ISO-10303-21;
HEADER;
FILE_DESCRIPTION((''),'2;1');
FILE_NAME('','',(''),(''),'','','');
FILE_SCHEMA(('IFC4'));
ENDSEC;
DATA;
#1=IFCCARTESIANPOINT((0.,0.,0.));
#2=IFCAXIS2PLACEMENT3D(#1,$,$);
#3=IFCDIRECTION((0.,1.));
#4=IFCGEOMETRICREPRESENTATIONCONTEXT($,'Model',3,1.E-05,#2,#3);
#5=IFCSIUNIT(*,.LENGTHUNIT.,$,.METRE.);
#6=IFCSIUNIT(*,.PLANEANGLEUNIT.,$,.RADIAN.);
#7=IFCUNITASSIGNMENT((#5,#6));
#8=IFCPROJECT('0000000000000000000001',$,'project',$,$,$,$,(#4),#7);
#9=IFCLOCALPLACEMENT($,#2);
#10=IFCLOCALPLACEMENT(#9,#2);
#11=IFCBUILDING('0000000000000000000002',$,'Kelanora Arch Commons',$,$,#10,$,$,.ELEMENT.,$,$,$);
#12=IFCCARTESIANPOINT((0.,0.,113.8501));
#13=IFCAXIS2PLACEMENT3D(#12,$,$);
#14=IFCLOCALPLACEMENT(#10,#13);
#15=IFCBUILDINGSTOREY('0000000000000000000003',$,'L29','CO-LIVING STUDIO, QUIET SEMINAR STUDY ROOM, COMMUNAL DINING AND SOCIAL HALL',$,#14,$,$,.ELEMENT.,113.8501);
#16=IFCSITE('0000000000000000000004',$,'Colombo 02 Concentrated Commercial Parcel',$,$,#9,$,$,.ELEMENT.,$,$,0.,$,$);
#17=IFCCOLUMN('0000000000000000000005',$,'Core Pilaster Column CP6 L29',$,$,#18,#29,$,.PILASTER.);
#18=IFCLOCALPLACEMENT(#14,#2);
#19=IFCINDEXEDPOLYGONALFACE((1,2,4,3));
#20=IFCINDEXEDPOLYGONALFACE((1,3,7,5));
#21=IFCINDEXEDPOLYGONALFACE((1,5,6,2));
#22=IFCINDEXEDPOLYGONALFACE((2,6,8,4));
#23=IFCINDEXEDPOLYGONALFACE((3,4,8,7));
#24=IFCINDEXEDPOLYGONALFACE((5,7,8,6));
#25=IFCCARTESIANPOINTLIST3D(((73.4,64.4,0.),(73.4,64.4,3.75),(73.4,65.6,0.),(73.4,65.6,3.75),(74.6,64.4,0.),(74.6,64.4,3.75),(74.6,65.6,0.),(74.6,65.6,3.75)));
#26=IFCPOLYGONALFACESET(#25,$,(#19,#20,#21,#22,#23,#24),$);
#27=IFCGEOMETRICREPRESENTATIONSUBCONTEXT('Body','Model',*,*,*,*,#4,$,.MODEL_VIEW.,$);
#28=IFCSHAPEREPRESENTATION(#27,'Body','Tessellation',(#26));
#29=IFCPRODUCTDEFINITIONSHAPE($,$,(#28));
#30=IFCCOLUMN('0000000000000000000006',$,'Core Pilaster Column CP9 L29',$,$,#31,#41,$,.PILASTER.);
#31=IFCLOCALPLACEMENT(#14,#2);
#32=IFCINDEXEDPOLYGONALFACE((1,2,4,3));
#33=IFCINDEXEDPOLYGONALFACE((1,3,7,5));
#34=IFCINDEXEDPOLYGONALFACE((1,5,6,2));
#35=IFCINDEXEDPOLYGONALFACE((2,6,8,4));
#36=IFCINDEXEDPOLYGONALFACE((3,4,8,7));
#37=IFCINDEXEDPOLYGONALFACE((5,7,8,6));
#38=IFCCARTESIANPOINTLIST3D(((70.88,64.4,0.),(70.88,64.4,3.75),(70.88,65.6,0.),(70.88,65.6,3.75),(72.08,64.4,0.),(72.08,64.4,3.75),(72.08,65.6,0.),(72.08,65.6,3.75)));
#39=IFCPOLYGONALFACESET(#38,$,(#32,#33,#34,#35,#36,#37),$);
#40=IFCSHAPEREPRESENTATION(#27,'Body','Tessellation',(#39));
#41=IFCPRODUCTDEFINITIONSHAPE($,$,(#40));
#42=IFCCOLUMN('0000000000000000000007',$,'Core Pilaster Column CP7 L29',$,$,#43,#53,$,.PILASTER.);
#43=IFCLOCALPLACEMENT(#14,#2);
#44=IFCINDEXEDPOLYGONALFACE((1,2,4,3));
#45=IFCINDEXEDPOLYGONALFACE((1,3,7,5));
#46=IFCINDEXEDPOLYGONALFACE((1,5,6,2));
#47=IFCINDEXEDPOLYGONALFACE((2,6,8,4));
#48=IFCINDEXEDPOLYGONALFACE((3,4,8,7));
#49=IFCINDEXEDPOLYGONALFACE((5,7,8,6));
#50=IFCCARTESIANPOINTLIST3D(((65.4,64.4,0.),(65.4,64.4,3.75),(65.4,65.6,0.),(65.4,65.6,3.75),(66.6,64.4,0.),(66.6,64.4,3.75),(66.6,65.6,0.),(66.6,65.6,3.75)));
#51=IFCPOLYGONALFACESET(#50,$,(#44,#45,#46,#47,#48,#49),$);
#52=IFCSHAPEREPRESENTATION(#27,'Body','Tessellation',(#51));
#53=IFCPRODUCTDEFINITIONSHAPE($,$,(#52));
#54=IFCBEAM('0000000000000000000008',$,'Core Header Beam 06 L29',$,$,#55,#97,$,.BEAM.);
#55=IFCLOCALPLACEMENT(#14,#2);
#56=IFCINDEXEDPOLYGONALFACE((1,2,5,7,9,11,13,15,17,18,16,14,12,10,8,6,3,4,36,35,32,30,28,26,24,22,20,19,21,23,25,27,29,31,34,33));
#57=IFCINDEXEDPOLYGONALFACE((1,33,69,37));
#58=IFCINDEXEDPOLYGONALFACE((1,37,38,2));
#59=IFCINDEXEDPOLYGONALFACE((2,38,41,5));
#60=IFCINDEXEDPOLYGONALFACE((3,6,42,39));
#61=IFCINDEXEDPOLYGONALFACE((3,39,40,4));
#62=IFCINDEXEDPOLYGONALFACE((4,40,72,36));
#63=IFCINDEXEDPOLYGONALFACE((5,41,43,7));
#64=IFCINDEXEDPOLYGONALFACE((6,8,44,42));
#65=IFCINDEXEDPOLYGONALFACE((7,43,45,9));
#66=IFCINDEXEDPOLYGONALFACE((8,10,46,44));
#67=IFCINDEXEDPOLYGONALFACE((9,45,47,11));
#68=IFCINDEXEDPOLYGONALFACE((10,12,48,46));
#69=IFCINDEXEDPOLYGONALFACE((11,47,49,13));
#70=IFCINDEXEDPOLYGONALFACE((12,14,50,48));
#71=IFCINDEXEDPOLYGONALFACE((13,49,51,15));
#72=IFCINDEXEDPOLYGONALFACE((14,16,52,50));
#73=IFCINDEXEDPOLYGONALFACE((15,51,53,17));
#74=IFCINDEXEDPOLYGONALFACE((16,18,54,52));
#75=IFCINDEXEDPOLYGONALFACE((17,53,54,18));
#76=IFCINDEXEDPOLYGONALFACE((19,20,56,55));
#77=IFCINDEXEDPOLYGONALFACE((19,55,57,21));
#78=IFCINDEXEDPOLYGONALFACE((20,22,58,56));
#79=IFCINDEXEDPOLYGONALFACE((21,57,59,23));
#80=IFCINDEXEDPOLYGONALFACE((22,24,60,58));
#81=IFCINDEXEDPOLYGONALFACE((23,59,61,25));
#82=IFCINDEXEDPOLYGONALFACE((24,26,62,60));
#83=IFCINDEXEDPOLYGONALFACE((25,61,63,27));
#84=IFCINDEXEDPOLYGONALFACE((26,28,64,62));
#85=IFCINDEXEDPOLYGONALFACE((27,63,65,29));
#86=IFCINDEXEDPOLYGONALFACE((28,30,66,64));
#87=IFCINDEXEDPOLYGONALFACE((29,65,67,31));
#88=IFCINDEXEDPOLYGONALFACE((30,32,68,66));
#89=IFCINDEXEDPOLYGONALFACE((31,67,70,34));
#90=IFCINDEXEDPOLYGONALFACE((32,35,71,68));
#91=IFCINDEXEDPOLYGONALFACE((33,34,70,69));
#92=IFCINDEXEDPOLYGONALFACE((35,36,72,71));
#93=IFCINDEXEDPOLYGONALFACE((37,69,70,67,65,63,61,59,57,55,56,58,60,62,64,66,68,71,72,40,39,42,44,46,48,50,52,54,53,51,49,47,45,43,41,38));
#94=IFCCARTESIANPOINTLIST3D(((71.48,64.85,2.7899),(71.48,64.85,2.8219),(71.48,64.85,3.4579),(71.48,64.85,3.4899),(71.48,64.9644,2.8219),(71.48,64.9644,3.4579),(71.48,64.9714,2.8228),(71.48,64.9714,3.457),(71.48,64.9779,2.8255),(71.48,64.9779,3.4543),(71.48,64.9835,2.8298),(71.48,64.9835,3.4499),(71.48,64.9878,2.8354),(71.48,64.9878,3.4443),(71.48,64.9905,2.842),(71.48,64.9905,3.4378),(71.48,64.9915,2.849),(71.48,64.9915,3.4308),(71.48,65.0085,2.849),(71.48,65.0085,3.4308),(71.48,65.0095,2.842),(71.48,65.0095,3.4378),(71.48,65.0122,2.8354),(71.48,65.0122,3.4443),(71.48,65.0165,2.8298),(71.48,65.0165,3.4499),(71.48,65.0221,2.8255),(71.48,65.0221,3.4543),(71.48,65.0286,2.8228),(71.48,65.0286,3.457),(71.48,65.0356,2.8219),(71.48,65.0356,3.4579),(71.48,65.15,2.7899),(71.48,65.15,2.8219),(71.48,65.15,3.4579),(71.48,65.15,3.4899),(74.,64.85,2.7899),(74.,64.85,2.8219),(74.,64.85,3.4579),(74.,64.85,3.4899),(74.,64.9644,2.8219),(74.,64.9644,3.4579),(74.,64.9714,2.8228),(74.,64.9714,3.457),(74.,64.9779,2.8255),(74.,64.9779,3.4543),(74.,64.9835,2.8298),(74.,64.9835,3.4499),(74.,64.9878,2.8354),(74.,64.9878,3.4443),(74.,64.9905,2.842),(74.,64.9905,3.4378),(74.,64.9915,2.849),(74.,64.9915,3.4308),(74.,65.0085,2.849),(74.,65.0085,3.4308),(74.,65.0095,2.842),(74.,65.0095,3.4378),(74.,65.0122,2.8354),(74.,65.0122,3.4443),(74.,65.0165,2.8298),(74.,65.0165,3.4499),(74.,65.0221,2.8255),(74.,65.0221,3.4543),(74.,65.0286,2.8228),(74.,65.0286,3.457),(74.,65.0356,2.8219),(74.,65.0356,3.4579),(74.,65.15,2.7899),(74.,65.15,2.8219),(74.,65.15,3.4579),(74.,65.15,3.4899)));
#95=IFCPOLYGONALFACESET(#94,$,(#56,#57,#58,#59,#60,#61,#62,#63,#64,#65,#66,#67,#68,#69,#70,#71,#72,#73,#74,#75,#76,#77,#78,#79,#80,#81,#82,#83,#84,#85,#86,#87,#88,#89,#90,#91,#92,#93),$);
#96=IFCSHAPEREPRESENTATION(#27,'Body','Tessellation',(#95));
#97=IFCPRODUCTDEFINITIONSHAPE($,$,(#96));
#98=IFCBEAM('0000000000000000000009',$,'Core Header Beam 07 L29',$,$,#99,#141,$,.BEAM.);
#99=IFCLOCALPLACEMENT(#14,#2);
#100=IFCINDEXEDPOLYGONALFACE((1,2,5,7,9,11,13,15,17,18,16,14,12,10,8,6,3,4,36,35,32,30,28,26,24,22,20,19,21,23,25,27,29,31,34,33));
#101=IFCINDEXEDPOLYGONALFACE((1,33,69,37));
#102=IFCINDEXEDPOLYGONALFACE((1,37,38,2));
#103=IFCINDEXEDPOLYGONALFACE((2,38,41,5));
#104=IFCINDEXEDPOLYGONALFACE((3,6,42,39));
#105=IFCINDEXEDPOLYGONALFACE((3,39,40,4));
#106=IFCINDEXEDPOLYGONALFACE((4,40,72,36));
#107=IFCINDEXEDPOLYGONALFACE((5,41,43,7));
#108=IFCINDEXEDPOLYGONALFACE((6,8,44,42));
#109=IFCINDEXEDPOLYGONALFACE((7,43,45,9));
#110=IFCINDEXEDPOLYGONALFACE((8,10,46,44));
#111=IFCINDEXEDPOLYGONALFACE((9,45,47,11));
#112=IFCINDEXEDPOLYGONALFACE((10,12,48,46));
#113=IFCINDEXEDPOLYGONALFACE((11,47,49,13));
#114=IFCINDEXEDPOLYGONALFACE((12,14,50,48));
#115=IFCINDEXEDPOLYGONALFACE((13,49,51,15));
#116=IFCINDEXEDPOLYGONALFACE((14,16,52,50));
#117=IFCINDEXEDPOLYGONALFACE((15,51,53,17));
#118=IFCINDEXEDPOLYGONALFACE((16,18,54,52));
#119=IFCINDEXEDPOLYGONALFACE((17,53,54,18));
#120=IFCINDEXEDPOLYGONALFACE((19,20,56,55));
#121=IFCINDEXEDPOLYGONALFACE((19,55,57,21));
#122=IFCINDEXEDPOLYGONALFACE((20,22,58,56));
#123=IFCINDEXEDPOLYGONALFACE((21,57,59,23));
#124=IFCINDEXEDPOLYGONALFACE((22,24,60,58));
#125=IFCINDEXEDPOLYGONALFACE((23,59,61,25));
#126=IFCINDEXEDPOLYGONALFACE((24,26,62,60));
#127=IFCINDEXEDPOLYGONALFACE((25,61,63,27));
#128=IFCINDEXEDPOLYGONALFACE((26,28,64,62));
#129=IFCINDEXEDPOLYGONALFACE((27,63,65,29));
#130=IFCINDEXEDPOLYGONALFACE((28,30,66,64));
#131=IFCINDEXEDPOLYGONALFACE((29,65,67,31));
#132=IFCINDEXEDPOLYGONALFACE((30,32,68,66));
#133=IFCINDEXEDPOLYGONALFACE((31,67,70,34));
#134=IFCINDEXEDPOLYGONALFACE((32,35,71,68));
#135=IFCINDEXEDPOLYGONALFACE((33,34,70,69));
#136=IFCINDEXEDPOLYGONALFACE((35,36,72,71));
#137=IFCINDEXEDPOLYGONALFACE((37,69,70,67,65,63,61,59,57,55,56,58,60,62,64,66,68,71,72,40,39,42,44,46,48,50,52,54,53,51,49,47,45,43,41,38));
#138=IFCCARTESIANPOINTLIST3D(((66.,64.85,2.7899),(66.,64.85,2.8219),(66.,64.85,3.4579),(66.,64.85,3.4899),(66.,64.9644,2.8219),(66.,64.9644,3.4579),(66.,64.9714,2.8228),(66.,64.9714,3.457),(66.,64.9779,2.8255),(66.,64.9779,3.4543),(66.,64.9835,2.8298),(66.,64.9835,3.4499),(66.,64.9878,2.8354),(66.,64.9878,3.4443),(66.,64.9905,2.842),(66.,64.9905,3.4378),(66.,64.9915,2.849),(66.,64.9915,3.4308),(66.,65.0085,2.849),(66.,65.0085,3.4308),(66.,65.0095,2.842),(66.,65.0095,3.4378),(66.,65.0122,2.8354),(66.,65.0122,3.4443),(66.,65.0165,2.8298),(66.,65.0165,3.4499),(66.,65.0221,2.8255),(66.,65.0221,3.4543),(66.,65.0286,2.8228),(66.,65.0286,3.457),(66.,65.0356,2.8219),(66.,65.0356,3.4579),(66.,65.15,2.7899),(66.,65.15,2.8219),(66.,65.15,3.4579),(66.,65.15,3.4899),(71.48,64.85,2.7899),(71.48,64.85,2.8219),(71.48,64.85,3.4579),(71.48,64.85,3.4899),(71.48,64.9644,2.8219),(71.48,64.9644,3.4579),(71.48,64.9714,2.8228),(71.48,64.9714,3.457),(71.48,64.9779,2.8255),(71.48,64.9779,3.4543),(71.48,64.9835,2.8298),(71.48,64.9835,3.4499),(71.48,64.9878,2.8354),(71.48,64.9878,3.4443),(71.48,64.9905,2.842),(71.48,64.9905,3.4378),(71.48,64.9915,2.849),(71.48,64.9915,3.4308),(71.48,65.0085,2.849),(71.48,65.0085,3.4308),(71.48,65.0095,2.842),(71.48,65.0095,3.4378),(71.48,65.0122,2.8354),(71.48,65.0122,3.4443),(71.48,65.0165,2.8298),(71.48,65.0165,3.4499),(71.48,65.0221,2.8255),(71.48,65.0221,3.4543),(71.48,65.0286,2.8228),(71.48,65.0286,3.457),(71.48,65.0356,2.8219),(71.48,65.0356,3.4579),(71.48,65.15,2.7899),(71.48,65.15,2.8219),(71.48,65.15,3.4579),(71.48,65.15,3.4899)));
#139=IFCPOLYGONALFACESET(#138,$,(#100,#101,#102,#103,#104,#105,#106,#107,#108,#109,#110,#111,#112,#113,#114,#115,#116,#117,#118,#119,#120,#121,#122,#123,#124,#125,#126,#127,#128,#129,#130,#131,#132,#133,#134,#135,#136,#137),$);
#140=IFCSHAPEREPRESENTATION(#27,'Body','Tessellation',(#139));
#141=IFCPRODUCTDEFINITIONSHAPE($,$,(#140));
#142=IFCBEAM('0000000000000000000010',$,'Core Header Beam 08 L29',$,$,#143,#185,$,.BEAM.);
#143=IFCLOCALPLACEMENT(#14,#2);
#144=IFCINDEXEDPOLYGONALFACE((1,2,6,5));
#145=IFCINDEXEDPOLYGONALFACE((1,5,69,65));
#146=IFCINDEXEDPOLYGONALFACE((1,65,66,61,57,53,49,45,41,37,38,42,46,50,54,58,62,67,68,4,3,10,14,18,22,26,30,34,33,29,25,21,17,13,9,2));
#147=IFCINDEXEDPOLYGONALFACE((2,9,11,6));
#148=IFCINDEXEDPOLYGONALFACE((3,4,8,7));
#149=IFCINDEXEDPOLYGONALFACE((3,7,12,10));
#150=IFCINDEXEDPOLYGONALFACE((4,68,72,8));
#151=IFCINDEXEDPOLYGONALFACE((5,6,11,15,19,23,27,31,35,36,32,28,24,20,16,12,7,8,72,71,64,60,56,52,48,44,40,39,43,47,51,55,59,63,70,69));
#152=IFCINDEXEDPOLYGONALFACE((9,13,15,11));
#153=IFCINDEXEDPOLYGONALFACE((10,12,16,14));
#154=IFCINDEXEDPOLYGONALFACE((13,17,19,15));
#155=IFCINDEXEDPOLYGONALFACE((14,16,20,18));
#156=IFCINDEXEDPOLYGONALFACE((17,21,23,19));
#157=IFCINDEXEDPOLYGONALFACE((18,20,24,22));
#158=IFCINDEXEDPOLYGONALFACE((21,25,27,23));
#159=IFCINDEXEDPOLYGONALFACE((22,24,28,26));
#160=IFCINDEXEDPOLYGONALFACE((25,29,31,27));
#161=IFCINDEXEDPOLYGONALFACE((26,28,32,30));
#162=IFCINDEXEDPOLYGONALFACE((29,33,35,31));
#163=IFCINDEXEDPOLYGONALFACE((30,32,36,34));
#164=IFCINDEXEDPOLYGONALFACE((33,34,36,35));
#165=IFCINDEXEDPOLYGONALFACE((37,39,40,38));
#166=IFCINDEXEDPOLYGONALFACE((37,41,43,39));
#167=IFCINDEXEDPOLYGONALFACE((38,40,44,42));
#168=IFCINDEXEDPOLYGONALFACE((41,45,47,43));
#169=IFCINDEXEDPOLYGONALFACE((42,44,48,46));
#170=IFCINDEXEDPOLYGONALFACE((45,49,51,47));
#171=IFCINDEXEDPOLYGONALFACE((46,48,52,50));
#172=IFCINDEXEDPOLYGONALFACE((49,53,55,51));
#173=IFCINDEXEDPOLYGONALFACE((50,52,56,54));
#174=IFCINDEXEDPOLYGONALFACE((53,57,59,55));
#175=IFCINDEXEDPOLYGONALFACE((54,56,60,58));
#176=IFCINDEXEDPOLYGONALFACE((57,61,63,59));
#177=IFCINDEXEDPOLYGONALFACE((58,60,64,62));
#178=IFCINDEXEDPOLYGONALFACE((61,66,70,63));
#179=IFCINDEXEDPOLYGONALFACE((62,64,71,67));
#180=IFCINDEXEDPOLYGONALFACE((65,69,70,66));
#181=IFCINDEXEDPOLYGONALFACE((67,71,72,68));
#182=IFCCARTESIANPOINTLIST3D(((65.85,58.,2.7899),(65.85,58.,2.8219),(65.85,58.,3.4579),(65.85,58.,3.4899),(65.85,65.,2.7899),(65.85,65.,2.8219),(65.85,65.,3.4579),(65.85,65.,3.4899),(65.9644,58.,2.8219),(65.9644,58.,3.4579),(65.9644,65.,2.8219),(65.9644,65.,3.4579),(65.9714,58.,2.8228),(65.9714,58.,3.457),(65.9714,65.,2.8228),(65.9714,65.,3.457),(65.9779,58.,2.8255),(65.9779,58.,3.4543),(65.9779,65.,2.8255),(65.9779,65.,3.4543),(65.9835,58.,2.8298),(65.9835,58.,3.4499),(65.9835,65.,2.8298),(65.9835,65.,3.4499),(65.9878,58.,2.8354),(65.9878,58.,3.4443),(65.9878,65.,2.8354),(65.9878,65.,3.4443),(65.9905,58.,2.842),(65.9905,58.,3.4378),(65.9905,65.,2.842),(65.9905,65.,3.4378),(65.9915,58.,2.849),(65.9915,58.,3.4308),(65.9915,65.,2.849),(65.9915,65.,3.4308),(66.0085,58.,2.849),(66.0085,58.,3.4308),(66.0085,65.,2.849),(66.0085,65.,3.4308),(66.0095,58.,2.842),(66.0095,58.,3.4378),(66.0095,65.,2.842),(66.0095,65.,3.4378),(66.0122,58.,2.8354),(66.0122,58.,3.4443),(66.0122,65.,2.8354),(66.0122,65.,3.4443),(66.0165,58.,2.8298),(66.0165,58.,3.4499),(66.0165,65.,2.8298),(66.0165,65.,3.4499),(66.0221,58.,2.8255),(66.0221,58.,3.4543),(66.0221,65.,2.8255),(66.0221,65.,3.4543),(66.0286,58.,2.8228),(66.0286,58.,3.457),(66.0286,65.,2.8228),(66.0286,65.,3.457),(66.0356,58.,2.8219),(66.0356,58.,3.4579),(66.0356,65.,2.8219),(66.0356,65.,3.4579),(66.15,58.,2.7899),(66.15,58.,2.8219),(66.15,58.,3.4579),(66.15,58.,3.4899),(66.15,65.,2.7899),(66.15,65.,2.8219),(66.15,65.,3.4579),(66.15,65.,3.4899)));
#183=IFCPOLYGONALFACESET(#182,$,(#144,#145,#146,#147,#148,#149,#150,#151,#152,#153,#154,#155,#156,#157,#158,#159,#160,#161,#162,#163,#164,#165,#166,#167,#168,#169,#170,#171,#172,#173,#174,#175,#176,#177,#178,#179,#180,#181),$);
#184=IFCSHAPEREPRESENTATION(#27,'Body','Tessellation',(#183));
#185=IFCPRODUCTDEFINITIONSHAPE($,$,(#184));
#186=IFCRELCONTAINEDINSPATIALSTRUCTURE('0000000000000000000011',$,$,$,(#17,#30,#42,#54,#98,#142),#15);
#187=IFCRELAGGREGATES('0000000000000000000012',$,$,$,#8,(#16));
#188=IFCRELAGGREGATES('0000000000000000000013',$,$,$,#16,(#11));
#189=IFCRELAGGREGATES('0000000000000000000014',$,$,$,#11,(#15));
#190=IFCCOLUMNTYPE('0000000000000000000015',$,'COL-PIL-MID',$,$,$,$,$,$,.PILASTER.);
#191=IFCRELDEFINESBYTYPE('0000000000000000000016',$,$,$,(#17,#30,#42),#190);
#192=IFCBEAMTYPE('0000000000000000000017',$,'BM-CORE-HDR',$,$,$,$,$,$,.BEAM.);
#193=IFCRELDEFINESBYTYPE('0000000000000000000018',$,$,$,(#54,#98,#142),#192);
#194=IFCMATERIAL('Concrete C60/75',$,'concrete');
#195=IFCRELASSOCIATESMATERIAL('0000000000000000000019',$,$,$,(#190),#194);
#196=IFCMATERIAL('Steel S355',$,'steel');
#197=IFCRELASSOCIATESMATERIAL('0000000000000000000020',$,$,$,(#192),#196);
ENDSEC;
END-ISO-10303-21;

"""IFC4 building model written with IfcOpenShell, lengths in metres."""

from ifc_helpers import new_model, si_unit, direction, frame, origin, origin_2d, place, context, subcontext, project, spatial, rectangle, i_section, extrude, material, material_profile, profile_set, type_object, element, save


model = new_model("IFC4")

# Units and contexts
model_context = context("Model", 3, precision=1e-05, world=origin(), true_north=direction((0.0, 1.0)))
body_context = subcontext(model_context, "Body", "Model", "MODEL_VIEW")
ifc_project = project(units=[si_unit("LENGTHUNIT", "METRE"), si_unit("PLANEANGLEUNIT", "RADIAN")], contexts=[model_context])

# Site, building, storey
site_placement = place(None, origin())
site = spatial("IfcSite", under=ifc_project, at=site_placement, Name="Colombo 02 Concentrated Commercial Parcel", CompositionType="ELEMENT", RefElevation=0.0)
building_placement = place(site_placement, origin())
building = spatial("IfcBuilding", under=site, at=building_placement, Name="Kelanora Arch Commons", CompositionType="ELEMENT")
storey_placement = place(building_placement, frame((0.0, 0.0, 113.8501)))
storey = spatial("IfcBuildingStorey", under=building, at=storey_placement, Name="L29", Description="CO-LIVING STUDIO, QUIET SEMINAR STUDY ROOM, COMMUNAL DINING AND SOCIAL HALL", CompositionType="ELEMENT", Elevation=113.8501)

# Columns
ifc_material_1 = material(Name="Concrete C60/75", Category="concrete")
ifc_material_profile_1 = material_profile(ifc_material_1, rectangle(XDim=1.2, YDim=1.2, at=origin_2d()), Name="RC1200x1200")
ifc_profile_set_1 = profile_set([ifc_material_profile_1], Name="Concrete C60/75")
column_type = type_object("IfcColumnType", Name="COL-PIL-MID", PredefinedType="PILASTER", material=ifc_profile_set_1)
for number, where, z_axis, x_axis, name in (
    (1, (74.0, 65.0, 0.0), (0.0, 0.0, 1.0), (1.0, 0.0, 0.0), "Core Pilaster Column CP6 L29"),
    (2, (71.48, 65.0, 0.0), (0.0, 0.0, 1.0), (1.0, 0.0, 0.0), "Core Pilaster Column CP9 L29"),
    (3, (66.0, 65.0, 0.0), (0.0, 0.0, 1.0), (1.0, 0.0, 0.0), "Core Pilaster Column CP7 L29"),
):
    element("IfcColumn", number, at=place(storey_placement, frame(where, z_axis=z_axis, x_axis=x_axis)), inside=storey, type_object=column_type, Name=name, PredefinedType="PILASTER", context=body_context, shape_type="SweptSolid", body=[
        extrude(rectangle(XDim=1.2, YDim=1.2, at=origin_2d()), origin(), (0.0, 0.0, 1.0), 3.75),
    ])

# Beams
ifc_material_2 = material(Name="Steel S355", Category="steel")
ifc_material_profile_2 = material_profile(ifc_material_2, i_section(OverallWidth=0.3, OverallDepth=0.7, WebThickness=0.0171, FlangeThickness=0.032, FilletRadius=0.0271, at=origin_2d()), Name="HEB700")
ifc_profile_set_2 = profile_set([ifc_material_profile_2], Name="Steel S355")
beam_type_1 = type_object("IfcBeamType", Name="BM-CORE-HDR", PredefinedType="BEAM", material=ifc_profile_set_2)
beam_1_placement = place(storey_placement, frame((74.0, 65.0, 3.1399), z_axis=(-1.0, 0.0, 0.0), x_axis=(0.0, -1.0, 0.0)))
element("IfcBeam", 4, at=beam_1_placement, inside=storey, type_object=beam_type_1, Name="Core Header Beam 06 L29", PredefinedType="BEAM", context=body_context, shape_type="SweptSolid", body=[
    extrude(i_section(OverallWidth=0.3, OverallDepth=0.7, WebThickness=0.0171, FlangeThickness=0.032, FilletRadius=0.0271, at=origin_2d()), origin(), (0.0, 0.0, 1.0), 2.52),
])
beam_2_placement = place(storey_placement, frame((71.48, 65.0, 3.1399), z_axis=(-1.0, 0.0, 0.0), x_axis=(0.0, -1.0, 0.0)))
element("IfcBeam", 5, at=beam_2_placement, inside=storey, type_object=beam_type_1, Name="Core Header Beam 07 L29", PredefinedType="BEAM", context=body_context, shape_type="SweptSolid", body=[
    extrude(i_section(OverallWidth=0.3, OverallDepth=0.7, WebThickness=0.0171, FlangeThickness=0.032, FilletRadius=0.0271, at=origin_2d()), origin(), (0.0, 0.0, 1.0), 5.48),
])
beam_3_placement = place(storey_placement, frame((66.0, 65.0, 3.1399), z_axis=(0.0, -1.0, 0.0), x_axis=(1.0, 0.0, 0.0)))
element("IfcBeam", 6, at=beam_3_placement, inside=storey, type_object=beam_type_1, Name="Core Header Beam 08 L29", PredefinedType="BEAM", context=body_context, shape_type="SweptSolid", body=[
    extrude(i_section(OverallWidth=0.3, OverallDepth=0.7, WebThickness=0.0171, FlangeThickness=0.032, FilletRadius=0.0271, at=origin_2d()), origin(), (0.0, 0.0, 1.0), 7.0),
])

save(model, "model.ifc")
